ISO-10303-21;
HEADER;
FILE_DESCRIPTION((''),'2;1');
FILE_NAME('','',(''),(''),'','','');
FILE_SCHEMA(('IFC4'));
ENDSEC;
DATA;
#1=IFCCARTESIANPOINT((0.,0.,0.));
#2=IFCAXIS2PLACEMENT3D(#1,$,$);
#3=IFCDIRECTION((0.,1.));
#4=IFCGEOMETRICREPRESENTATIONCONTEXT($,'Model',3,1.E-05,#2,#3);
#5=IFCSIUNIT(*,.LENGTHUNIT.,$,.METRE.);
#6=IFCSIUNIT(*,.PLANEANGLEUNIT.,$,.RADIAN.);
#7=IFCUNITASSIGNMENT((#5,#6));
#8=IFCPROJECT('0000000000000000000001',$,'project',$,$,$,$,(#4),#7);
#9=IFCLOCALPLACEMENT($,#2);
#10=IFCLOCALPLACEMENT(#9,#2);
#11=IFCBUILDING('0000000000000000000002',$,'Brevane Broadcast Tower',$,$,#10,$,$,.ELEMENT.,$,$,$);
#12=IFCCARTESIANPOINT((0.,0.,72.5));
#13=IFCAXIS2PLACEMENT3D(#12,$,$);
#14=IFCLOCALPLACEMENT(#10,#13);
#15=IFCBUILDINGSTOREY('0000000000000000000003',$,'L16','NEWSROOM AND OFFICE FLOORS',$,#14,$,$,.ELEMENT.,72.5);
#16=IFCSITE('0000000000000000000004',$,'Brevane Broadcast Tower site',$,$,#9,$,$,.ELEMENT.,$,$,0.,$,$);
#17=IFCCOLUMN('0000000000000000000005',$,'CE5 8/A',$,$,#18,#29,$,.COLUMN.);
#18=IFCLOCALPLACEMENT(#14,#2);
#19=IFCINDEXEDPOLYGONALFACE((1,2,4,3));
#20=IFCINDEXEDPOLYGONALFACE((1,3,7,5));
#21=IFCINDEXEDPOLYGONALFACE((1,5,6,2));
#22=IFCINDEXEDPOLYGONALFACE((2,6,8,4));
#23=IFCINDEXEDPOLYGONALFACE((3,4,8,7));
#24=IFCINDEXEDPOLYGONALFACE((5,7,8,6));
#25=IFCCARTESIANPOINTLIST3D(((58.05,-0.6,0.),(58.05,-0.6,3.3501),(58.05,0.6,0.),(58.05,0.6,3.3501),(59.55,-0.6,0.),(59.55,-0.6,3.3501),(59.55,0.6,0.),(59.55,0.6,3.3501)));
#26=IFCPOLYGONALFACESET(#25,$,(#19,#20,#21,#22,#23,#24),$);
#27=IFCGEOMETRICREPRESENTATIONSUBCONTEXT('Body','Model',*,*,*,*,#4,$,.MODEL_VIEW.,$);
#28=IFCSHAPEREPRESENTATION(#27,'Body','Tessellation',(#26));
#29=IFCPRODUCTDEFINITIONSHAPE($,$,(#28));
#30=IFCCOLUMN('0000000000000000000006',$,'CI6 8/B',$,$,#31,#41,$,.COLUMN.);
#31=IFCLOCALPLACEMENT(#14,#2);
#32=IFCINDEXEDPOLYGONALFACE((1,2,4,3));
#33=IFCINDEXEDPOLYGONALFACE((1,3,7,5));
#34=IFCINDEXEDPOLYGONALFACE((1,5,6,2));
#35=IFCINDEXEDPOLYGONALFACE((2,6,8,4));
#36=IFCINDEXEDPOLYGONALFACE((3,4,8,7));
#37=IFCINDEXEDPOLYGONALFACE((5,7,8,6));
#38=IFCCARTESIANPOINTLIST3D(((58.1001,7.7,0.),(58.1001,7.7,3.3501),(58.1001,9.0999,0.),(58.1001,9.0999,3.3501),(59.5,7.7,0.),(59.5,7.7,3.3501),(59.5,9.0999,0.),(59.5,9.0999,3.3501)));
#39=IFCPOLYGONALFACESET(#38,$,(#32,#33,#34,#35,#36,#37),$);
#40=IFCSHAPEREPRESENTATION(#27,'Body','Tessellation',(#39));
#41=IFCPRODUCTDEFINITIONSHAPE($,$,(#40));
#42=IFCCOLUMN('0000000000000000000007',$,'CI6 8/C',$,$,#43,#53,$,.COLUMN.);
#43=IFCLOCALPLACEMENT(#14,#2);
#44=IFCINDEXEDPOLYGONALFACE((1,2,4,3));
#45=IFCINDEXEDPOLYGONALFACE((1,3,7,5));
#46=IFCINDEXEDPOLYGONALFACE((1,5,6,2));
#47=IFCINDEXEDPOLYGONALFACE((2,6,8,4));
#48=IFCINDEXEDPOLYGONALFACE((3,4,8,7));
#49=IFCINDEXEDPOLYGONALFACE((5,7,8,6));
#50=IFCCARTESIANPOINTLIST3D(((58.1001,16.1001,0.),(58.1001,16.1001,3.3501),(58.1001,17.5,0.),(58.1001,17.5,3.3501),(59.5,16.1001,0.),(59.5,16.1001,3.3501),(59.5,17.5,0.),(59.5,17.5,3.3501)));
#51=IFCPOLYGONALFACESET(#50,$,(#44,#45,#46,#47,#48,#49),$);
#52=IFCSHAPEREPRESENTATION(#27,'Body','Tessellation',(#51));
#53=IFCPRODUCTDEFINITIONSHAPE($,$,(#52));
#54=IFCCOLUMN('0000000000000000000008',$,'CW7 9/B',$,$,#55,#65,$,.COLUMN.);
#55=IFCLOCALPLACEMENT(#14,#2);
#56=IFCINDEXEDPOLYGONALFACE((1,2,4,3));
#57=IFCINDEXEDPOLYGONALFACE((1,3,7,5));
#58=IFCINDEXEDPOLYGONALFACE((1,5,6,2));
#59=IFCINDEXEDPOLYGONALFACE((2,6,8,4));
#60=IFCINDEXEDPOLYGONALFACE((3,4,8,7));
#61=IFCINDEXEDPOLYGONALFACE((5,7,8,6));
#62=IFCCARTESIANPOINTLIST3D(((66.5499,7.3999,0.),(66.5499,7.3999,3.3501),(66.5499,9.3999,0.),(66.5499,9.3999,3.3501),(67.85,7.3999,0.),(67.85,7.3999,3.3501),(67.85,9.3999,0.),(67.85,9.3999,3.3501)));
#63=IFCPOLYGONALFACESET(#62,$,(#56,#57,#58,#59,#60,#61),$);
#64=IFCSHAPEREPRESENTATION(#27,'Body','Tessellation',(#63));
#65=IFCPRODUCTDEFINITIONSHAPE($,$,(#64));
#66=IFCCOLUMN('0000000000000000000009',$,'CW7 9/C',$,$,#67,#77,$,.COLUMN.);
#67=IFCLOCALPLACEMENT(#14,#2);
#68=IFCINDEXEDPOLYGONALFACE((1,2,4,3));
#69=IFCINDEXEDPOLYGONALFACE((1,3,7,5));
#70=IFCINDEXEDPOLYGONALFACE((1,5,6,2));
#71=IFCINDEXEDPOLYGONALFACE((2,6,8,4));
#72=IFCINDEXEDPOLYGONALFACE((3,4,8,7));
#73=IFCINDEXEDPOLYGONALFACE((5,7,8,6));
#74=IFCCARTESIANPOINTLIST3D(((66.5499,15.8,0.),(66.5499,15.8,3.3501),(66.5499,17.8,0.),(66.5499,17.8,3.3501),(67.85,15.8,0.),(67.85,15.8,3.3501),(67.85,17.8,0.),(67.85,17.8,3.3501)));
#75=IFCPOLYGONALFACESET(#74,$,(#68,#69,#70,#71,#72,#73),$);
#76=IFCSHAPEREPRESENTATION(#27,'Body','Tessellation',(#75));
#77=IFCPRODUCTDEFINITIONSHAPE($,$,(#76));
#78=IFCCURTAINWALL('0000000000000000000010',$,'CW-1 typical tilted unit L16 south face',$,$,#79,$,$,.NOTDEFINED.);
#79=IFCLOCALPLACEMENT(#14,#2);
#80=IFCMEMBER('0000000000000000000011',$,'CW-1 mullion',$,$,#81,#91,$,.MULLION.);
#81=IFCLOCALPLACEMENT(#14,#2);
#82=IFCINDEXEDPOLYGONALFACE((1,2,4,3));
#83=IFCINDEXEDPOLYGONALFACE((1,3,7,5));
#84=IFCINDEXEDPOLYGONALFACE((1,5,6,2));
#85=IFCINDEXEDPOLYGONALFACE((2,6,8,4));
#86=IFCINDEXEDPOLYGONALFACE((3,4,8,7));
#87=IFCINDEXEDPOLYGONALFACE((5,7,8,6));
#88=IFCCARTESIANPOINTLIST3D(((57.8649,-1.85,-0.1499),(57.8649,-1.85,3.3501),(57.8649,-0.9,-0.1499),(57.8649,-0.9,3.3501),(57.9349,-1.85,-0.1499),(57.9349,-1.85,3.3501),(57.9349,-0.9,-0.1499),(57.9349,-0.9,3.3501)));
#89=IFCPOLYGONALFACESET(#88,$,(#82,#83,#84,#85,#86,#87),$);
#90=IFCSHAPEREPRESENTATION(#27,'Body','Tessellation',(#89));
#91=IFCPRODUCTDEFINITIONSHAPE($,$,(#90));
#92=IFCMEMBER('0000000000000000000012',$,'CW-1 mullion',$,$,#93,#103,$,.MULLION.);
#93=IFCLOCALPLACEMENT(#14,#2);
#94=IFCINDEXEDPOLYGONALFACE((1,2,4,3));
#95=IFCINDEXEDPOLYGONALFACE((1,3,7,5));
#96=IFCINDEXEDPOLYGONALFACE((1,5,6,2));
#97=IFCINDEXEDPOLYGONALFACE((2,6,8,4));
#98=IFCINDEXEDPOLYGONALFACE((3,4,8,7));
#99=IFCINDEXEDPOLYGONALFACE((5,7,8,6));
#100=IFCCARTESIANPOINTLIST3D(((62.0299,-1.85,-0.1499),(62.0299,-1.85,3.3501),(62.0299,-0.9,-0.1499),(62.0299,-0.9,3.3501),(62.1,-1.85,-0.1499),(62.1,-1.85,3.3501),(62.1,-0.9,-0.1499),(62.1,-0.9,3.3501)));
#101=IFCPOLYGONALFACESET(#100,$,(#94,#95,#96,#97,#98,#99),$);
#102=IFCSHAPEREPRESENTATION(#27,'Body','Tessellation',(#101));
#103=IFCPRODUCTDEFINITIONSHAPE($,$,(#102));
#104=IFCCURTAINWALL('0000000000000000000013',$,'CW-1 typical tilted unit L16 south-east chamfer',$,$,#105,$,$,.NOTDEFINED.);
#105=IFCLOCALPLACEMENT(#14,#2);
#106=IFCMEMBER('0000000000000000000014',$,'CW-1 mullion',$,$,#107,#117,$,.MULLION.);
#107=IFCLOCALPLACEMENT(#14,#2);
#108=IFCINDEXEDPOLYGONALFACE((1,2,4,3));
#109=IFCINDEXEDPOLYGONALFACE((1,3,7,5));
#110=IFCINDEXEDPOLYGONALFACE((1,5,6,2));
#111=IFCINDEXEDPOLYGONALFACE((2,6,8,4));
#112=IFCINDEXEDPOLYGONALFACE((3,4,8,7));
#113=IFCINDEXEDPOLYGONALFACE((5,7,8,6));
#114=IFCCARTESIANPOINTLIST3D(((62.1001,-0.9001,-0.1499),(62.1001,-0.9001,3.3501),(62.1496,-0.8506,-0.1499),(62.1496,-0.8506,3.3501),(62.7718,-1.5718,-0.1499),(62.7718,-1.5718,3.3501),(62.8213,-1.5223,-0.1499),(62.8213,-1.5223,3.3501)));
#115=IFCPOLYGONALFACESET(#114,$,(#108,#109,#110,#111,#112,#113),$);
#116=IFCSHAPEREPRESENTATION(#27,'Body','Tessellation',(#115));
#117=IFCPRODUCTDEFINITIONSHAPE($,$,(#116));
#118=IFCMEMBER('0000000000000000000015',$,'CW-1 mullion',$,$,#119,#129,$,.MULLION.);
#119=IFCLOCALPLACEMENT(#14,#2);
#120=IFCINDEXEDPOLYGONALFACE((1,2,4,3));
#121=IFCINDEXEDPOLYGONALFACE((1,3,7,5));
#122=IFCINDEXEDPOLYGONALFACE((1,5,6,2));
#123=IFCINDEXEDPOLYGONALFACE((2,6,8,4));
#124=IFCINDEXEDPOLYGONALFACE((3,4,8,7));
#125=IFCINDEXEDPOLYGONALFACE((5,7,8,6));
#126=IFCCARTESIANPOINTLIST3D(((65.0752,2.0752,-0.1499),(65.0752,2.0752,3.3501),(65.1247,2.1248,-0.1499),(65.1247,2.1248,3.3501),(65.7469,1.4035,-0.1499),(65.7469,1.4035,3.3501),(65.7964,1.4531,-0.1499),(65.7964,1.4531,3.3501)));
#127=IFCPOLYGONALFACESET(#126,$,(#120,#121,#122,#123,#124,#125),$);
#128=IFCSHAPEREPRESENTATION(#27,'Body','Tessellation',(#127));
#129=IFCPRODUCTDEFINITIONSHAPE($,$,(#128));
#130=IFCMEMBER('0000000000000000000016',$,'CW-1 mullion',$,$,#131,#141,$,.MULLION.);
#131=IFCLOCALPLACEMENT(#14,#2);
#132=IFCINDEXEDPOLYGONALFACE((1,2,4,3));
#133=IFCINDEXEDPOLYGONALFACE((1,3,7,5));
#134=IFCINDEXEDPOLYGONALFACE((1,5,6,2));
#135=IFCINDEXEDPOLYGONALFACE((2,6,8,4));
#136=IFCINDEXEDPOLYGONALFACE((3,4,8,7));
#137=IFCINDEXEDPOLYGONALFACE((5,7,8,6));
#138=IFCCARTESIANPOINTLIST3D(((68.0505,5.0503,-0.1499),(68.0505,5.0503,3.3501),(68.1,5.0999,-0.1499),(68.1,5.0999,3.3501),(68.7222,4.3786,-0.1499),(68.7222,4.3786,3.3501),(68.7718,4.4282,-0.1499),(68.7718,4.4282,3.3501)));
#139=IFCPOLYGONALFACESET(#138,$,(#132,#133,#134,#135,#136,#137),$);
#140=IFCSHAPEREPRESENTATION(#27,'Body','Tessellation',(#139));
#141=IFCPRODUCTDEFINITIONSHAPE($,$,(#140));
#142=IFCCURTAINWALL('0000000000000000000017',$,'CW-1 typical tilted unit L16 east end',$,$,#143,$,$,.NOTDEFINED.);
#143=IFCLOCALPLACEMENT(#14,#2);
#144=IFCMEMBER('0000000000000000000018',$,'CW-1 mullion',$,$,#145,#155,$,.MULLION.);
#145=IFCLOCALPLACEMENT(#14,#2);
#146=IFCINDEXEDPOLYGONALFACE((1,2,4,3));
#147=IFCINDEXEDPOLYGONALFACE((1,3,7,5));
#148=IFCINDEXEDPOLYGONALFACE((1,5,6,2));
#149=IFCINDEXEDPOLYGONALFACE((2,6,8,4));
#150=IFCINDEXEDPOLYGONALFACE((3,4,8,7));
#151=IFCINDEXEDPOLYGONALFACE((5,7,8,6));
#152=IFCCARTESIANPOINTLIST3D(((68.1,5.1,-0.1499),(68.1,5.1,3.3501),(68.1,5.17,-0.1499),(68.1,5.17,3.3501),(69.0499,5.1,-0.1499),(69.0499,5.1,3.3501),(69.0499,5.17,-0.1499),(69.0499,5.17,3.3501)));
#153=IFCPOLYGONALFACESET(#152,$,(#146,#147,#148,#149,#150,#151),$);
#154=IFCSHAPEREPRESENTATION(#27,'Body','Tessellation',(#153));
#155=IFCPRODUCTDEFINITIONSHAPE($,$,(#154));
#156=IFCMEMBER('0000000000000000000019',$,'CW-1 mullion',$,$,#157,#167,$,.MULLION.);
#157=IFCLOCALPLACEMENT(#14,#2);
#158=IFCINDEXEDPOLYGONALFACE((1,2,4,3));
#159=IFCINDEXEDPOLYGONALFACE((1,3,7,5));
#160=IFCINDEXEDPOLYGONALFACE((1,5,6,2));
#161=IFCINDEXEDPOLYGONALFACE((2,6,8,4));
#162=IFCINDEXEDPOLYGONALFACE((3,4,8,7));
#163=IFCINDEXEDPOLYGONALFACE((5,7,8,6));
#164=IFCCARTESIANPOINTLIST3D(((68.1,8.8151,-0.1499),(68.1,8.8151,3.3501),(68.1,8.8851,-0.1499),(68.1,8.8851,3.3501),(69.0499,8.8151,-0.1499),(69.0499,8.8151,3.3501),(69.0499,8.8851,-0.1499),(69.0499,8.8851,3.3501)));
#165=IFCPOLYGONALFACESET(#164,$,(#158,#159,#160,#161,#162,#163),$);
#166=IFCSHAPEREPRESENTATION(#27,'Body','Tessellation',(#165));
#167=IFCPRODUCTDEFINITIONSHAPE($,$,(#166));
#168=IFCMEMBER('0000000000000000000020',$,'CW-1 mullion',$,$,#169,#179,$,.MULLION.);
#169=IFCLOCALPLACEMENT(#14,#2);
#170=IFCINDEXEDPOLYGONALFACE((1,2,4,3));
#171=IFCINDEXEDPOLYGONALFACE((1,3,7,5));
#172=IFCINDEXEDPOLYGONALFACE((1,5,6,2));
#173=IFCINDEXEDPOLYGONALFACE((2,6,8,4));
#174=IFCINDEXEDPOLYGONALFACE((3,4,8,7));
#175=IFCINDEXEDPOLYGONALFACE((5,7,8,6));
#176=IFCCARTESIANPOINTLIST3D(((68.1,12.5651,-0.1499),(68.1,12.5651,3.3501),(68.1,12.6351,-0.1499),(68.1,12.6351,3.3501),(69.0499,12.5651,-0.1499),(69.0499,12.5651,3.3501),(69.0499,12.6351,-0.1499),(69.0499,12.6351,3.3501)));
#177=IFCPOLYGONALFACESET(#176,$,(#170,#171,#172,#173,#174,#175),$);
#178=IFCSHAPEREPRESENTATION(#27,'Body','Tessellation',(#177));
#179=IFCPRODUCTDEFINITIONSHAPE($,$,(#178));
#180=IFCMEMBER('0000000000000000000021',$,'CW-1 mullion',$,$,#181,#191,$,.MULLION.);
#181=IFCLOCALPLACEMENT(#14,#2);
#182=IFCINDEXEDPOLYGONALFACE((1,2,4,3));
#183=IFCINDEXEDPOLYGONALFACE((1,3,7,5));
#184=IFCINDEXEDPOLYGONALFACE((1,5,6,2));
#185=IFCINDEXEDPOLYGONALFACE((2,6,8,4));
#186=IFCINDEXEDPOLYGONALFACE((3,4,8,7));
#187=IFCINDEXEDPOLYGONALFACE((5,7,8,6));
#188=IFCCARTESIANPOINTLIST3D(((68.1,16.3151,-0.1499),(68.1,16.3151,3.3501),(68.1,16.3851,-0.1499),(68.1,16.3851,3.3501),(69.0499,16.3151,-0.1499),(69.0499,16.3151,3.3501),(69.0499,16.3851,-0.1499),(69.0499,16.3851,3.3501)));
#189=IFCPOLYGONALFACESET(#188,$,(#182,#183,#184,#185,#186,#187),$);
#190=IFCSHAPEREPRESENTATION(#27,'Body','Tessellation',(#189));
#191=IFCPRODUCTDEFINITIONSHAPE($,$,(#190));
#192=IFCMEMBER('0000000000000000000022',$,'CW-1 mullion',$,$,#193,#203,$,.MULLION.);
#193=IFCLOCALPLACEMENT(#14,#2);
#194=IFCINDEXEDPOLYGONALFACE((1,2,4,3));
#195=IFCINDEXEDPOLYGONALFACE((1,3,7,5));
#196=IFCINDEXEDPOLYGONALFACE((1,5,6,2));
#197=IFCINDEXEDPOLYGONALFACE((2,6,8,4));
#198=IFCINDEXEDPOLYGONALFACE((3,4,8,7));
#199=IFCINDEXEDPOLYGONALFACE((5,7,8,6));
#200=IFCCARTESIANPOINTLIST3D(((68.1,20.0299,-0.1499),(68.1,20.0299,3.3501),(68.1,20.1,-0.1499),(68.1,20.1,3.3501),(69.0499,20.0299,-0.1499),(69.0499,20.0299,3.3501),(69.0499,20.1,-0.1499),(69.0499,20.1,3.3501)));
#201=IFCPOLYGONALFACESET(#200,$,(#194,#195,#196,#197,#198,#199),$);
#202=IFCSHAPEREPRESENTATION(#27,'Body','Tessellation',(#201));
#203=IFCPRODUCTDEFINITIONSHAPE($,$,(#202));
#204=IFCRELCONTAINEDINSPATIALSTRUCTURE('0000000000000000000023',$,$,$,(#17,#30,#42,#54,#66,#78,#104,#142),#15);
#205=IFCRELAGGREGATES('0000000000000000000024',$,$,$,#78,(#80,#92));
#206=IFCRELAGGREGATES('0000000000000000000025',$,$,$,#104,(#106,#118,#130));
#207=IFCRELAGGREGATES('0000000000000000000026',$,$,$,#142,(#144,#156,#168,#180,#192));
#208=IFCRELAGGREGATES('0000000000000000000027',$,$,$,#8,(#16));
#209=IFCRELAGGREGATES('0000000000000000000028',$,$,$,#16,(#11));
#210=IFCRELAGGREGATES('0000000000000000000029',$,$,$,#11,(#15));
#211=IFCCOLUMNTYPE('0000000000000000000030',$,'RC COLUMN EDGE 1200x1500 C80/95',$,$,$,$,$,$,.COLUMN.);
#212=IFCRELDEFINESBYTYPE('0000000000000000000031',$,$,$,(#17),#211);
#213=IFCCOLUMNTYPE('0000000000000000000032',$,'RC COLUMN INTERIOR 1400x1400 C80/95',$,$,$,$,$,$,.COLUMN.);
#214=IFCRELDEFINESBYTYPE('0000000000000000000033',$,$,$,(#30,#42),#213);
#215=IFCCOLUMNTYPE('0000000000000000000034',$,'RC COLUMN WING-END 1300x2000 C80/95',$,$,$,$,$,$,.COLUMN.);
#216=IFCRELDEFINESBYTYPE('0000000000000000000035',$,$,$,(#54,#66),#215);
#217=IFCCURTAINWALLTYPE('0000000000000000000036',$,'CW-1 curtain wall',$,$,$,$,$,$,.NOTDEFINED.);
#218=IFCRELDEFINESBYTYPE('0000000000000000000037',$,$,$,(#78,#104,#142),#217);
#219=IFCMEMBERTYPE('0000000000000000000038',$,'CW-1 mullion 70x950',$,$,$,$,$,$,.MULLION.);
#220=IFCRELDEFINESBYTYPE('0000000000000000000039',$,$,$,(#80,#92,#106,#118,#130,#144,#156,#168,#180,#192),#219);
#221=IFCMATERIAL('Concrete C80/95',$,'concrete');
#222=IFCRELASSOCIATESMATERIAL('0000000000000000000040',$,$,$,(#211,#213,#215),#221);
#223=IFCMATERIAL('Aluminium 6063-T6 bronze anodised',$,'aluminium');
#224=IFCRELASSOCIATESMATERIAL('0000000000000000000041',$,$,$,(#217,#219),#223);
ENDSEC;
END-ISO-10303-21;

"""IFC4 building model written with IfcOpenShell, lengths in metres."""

from ifc_helpers import new_model, si_unit, direction, frame, origin, origin_2d, place, context, subcontext, project, spatial, rectangle, extrude, material, material_profile, profile_set, type_object, element, aggregate, save


model = new_model("IFC4")

# Units and contexts
model_context = context("Model", 3, precision=1e-05, world=origin(), true_north=direction((0.0, 1.0)))
body_context = subcontext(model_context, "Body", "Model", "MODEL_VIEW")
ifc_project = project(units=[si_unit("LENGTHUNIT", "METRE"), si_unit("PLANEANGLEUNIT", "RADIAN")], contexts=[model_context])

# Site, building, storey
site_placement = place(None, origin())
site = spatial("IfcSite", under=ifc_project, at=site_placement, Name="Brevane Broadcast Tower site", CompositionType="ELEMENT", RefElevation=0.0)
building_placement = place(site_placement, origin())
building = spatial("IfcBuilding", under=site, at=building_placement, Name="Brevane Broadcast Tower", CompositionType="ELEMENT")
storey_placement = place(building_placement, frame((0.0, 0.0, 72.5)))
storey = spatial("IfcBuildingStorey", under=building, at=storey_placement, Name="L16", Description="NEWSROOM AND OFFICE FLOORS", CompositionType="ELEMENT", Elevation=72.5)

# Columns
ifc_material_1 = material(Name="Concrete C80/95", Category="concrete")
ifc_material_profile_1 = material_profile(ifc_material_1, rectangle(XDim=1.2, YDim=1.5, at=origin_2d()), Name="RC 1200x1500")
ifc_profile_set_1 = profile_set([ifc_material_profile_1], Name="Concrete C80/95")
column_type_1 = type_object("IfcColumnType", Name="RC COLUMN EDGE 1200x1500 C80/95", PredefinedType="COLUMN", material=ifc_profile_set_1)
column_placement = place(storey_placement, frame((58.8, 0.0, 0.0), z_axis=(0.0, 0.0, 1.0), x_axis=(0.0, 1.0, 0.0)))
element("IfcColumn", 1, at=column_placement, inside=storey, type_object=column_type_1, Name="CE5 8/A", PredefinedType="COLUMN", context=body_context, shape_type="SweptSolid", body=[
    extrude(rectangle(XDim=1.2, YDim=1.5, at=origin_2d()), origin(), (0.0, 0.0, 1.0), 3.3501),
])
ifc_material_profile_2 = material_profile(ifc_material_1, rectangle(XDim=1.3999, YDim=1.3999, at=origin_2d()), Name="RC 1400x1400")
ifc_profile_set_2 = profile_set([ifc_material_profile_2], Name="Concrete C80/95")
column_type_2 = type_object("IfcColumnType", Name="RC COLUMN INTERIOR 1400x1400 C80/95", PredefinedType="COLUMN", material=ifc_profile_set_2)
for number, where, z_axis, x_axis, name in (
    (2, (58.8, 8.3999, 0.0), (0.0, 0.0, 1.0), (1.0, 0.0, 0.0), "CI6 8/B"),
    (3, (58.8, 16.8, 0.0), (0.0, 0.0, 1.0), (1.0, 0.0, 0.0), "CI6 8/C"),
):
    element("IfcColumn", number, at=place(storey_placement, frame(where, z_axis=z_axis, x_axis=x_axis)), inside=storey, type_object=column_type_2, Name=name, PredefinedType="COLUMN", context=body_context, shape_type="SweptSolid", body=[
        extrude(rectangle(XDim=1.3999, YDim=1.3999, at=origin_2d()), origin(), (0.0, 0.0, 1.0), 3.3501),
    ])
ifc_material_profile_3 = material_profile(ifc_material_1, rectangle(XDim=1.3, YDim=2.0, at=origin_2d()), Name="RC 1300x2000")
ifc_profile_set_3 = profile_set([ifc_material_profile_3], Name="Concrete C80/95")
column_type_3 = type_object("IfcColumnType", Name="RC COLUMN WING-END 1300x2000 C80/95", PredefinedType="COLUMN", material=ifc_profile_set_3)
for number, where, z_axis, x_axis, name in (
    (4, (67.2, 8.3999, 0.0), (0.0, 0.0, 1.0), (1.0, 0.0, 0.0), "CW7 9/B"),
    (5, (67.2, 16.8, 0.0), (0.0, 0.0, 1.0), (1.0, 0.0, 0.0), "CW7 9/C"),
):
    element("IfcColumn", number, at=place(storey_placement, frame(where, z_axis=z_axis, x_axis=x_axis)), inside=storey, type_object=column_type_3, Name=name, PredefinedType="COLUMN", context=body_context, shape_type="SweptSolid", body=[
        extrude(rectangle(XDim=1.3, YDim=2.0, at=origin_2d()), origin(), (0.0, 0.0, 1.0), 3.3501),
    ])

# Curtain walls, members
ifc_material_2 = material(Name="Aluminium 6063-T6 bronze anodised", Category="aluminium")
curtain_wall_type = type_object("IfcCurtainWallType", Name="CW-1 curtain wall", PredefinedType="NOTDEFINED", material=ifc_material_2)
curtain_wall_1_placement = place(storey_placement, origin())
curtain_wall_1 = element("IfcCurtainWall", 6, at=curtain_wall_1_placement, inside=storey, type_object=curtain_wall_type, Name="CW-1 typical tilted unit L16 south face", PredefinedType="NOTDEFINED")
ifc_material_profile_4 = material_profile(ifc_material_2, rectangle(XDim=0.95, YDim=0.0701, at=origin_2d()), Name="RECT 70x950")
ifc_profile_set_4 = profile_set([ifc_material_profile_4], Name="Aluminium 6063-T6 bronze anodised")
member_type_1 = type_object("IfcMemberType", Name="CW-1 mullion 70x950", PredefinedType="MULLION", material=ifc_profile_set_4)
member_1_placement = place(storey_placement, frame((57.8999, -1.375, -0.1499), z_axis=(0.0, 0.0, 1.0), x_axis=(0.0, 1.0, 0.0)))
member_1 = element("IfcMember", 7, at=member_1_placement, type_object=member_type_1, Name="CW-1 mullion", PredefinedType="MULLION", context=body_context, shape_type="SweptSolid", body=[
    extrude(rectangle(XDim=0.95, YDim=0.0701, at=origin_2d()), origin(), (0.0, 0.0, 1.0), 3.5),
])
member_2_placement = place(storey_placement, frame((62.0649, -1.375, -0.1499), z_axis=(0.0, 0.0, 1.0), x_axis=(0.0, 1.0, 0.0)))
member_2 = element("IfcMember", 8, at=member_2_placement, type_object=member_type_1, Name="CW-1 mullion", PredefinedType="MULLION", context=body_context, shape_type="SweptSolid", body=[
    extrude(rectangle(XDim=0.95, YDim=0.0701, at=origin_2d()), origin(), (0.0, 0.0, 1.0), 3.5),
])
aggregate(curtain_wall_1, [member_1, member_2])
curtain_wall_2_placement = place(storey_placement, origin())
curtain_wall_2 = element("IfcCurtainWall", 9, at=curtain_wall_2_placement, inside=storey, type_object=curtain_wall_type, Name="CW-1 typical tilted unit L16 south-east chamfer", PredefinedType="NOTDEFINED")
member_3_placement = place(storey_placement, frame((62.4607, -1.2112, -0.1499), z_axis=(0.0, 0.0, 1.0), x_axis=(-0.707107, 0.707107, 0.0)))
member_3 = element("IfcMember", 10, at=member_3_placement, type_object=member_type_1, Name="CW-1 mullion", PredefinedType="MULLION", context=body_context, shape_type="SweptSolid", body=[
    extrude(rectangle(XDim=0.95, YDim=0.0701, at=origin_2d()), origin(), (0.0, 0.0, 1.0), 3.5),
])
member_4_placement = place(storey_placement, frame((65.4358, 1.7642, -0.1499), z_axis=(0.0, 0.0, 1.0), x_axis=(-0.707107, 0.707107, 0.0)))
member_4 = element("IfcMember", 11, at=member_4_placement, type_object=member_type_1, Name="CW-1 mullion", PredefinedType="MULLION", context=body_context, shape_type="SweptSolid", body=[
    extrude(rectangle(XDim=0.95, YDim=0.0701, at=origin_2d()), origin(), (0.0, 0.0, 1.0), 3.5),
])
member_5_placement = place(storey_placement, frame((68.4111, 4.7393, -0.1499), z_axis=(0.0, 0.0, 1.0), x_axis=(-0.707107, 0.707107, 0.0)))
member_5 = element("IfcMember", 12, at=member_5_placement, type_object=member_type_1, Name="CW-1 mullion", PredefinedType="MULLION", context=body_context, shape_type="SweptSolid", body=[
    extrude(rectangle(XDim=0.95, YDim=0.0701, at=origin_2d()), origin(), (0.0, 0.0, 1.0), 3.5),
])
curtain_wall_3_placement = place(storey_placement, origin())
curtain_wall_3 = element("IfcCurtainWall", 13, at=curtain_wall_3_placement, inside=storey, type_object=curtain_wall_type, Name="CW-1 typical tilted unit L16 east end", PredefinedType="NOTDEFINED")
member_6_placement = place(storey_placement, frame((68.575, 5.135, -0.1499), z_axis=(0.0, 0.0, 1.0), x_axis=(-1.0, 0.0, 0.0)))
member_6 = element("IfcMember", 14, at=member_6_placement, type_object=member_type_1, Name="CW-1 mullion", PredefinedType="MULLION", context=body_context, shape_type="SweptSolid", body=[
    extrude(rectangle(XDim=0.95, YDim=0.0701, at=origin_2d()), origin(), (0.0, 0.0, 1.0), 3.5),
])
member_7_placement = place(storey_placement, frame((68.575, 8.8501, -0.1499), z_axis=(0.0, 0.0, 1.0), x_axis=(-1.0, 0.0, 0.0)))
member_7 = element("IfcMember", 15, at=member_7_placement, type_object=member_type_1, Name="CW-1 mullion", PredefinedType="MULLION", context=body_context, shape_type="SweptSolid", body=[
    extrude(rectangle(XDim=0.95, YDim=0.0701, at=origin_2d()), origin(), (0.0, 0.0, 1.0), 3.5),
])
member_8_placement = place(storey_placement, frame((68.575, 12.6001, -0.1499), z_axis=(0.0, 0.0, 1.0), x_axis=(-1.0, 0.0, 0.0)))
member_8 = element("IfcMember", 16, at=member_8_placement, type_object=member_type_1, Name="CW-1 mullion", PredefinedType="MULLION", context=body_context, shape_type="SweptSolid", body=[
    extrude(rectangle(XDim=0.95, YDim=0.0701, at=origin_2d()), origin(), (0.0, 0.0, 1.0), 3.5),
])
member_9_placement = place(storey_placement, frame((68.575, 16.3501, -0.1499), z_axis=(0.0, 0.0, 1.0), x_axis=(-1.0, 0.0, 0.0)))
member_9 = element("IfcMember", 17, at=member_9_placement, type_object=member_type_1, Name="CW-1 mullion", PredefinedType="MULLION", context=body_context, shape_type="SweptSolid", body=[
    extrude(rectangle(XDim=0.95, YDim=0.0701, at=origin_2d()), origin(), (0.0, 0.0, 1.0), 3.5),
])
member_10_placement = place(storey_placement, frame((68.575, 20.0649, -0.1499), z_axis=(0.0, 0.0, 1.0), x_axis=(-1.0, 0.0, 0.0)))
member_10 = element("IfcMember", 18, at=member_10_placement, type_object=member_type_1, Name="CW-1 mullion", PredefinedType="MULLION", context=body_context, shape_type="SweptSolid", body=[
    extrude(rectangle(XDim=0.95, YDim=0.0701, at=origin_2d()), origin(), (0.0, 0.0, 1.0), 3.5),
])

aggregate(curtain_wall_2, [member_3, member_4, member_5])
aggregate(curtain_wall_3, [member_6, member_7, member_8, member_9, member_10])

save(model, "model.ifc")
